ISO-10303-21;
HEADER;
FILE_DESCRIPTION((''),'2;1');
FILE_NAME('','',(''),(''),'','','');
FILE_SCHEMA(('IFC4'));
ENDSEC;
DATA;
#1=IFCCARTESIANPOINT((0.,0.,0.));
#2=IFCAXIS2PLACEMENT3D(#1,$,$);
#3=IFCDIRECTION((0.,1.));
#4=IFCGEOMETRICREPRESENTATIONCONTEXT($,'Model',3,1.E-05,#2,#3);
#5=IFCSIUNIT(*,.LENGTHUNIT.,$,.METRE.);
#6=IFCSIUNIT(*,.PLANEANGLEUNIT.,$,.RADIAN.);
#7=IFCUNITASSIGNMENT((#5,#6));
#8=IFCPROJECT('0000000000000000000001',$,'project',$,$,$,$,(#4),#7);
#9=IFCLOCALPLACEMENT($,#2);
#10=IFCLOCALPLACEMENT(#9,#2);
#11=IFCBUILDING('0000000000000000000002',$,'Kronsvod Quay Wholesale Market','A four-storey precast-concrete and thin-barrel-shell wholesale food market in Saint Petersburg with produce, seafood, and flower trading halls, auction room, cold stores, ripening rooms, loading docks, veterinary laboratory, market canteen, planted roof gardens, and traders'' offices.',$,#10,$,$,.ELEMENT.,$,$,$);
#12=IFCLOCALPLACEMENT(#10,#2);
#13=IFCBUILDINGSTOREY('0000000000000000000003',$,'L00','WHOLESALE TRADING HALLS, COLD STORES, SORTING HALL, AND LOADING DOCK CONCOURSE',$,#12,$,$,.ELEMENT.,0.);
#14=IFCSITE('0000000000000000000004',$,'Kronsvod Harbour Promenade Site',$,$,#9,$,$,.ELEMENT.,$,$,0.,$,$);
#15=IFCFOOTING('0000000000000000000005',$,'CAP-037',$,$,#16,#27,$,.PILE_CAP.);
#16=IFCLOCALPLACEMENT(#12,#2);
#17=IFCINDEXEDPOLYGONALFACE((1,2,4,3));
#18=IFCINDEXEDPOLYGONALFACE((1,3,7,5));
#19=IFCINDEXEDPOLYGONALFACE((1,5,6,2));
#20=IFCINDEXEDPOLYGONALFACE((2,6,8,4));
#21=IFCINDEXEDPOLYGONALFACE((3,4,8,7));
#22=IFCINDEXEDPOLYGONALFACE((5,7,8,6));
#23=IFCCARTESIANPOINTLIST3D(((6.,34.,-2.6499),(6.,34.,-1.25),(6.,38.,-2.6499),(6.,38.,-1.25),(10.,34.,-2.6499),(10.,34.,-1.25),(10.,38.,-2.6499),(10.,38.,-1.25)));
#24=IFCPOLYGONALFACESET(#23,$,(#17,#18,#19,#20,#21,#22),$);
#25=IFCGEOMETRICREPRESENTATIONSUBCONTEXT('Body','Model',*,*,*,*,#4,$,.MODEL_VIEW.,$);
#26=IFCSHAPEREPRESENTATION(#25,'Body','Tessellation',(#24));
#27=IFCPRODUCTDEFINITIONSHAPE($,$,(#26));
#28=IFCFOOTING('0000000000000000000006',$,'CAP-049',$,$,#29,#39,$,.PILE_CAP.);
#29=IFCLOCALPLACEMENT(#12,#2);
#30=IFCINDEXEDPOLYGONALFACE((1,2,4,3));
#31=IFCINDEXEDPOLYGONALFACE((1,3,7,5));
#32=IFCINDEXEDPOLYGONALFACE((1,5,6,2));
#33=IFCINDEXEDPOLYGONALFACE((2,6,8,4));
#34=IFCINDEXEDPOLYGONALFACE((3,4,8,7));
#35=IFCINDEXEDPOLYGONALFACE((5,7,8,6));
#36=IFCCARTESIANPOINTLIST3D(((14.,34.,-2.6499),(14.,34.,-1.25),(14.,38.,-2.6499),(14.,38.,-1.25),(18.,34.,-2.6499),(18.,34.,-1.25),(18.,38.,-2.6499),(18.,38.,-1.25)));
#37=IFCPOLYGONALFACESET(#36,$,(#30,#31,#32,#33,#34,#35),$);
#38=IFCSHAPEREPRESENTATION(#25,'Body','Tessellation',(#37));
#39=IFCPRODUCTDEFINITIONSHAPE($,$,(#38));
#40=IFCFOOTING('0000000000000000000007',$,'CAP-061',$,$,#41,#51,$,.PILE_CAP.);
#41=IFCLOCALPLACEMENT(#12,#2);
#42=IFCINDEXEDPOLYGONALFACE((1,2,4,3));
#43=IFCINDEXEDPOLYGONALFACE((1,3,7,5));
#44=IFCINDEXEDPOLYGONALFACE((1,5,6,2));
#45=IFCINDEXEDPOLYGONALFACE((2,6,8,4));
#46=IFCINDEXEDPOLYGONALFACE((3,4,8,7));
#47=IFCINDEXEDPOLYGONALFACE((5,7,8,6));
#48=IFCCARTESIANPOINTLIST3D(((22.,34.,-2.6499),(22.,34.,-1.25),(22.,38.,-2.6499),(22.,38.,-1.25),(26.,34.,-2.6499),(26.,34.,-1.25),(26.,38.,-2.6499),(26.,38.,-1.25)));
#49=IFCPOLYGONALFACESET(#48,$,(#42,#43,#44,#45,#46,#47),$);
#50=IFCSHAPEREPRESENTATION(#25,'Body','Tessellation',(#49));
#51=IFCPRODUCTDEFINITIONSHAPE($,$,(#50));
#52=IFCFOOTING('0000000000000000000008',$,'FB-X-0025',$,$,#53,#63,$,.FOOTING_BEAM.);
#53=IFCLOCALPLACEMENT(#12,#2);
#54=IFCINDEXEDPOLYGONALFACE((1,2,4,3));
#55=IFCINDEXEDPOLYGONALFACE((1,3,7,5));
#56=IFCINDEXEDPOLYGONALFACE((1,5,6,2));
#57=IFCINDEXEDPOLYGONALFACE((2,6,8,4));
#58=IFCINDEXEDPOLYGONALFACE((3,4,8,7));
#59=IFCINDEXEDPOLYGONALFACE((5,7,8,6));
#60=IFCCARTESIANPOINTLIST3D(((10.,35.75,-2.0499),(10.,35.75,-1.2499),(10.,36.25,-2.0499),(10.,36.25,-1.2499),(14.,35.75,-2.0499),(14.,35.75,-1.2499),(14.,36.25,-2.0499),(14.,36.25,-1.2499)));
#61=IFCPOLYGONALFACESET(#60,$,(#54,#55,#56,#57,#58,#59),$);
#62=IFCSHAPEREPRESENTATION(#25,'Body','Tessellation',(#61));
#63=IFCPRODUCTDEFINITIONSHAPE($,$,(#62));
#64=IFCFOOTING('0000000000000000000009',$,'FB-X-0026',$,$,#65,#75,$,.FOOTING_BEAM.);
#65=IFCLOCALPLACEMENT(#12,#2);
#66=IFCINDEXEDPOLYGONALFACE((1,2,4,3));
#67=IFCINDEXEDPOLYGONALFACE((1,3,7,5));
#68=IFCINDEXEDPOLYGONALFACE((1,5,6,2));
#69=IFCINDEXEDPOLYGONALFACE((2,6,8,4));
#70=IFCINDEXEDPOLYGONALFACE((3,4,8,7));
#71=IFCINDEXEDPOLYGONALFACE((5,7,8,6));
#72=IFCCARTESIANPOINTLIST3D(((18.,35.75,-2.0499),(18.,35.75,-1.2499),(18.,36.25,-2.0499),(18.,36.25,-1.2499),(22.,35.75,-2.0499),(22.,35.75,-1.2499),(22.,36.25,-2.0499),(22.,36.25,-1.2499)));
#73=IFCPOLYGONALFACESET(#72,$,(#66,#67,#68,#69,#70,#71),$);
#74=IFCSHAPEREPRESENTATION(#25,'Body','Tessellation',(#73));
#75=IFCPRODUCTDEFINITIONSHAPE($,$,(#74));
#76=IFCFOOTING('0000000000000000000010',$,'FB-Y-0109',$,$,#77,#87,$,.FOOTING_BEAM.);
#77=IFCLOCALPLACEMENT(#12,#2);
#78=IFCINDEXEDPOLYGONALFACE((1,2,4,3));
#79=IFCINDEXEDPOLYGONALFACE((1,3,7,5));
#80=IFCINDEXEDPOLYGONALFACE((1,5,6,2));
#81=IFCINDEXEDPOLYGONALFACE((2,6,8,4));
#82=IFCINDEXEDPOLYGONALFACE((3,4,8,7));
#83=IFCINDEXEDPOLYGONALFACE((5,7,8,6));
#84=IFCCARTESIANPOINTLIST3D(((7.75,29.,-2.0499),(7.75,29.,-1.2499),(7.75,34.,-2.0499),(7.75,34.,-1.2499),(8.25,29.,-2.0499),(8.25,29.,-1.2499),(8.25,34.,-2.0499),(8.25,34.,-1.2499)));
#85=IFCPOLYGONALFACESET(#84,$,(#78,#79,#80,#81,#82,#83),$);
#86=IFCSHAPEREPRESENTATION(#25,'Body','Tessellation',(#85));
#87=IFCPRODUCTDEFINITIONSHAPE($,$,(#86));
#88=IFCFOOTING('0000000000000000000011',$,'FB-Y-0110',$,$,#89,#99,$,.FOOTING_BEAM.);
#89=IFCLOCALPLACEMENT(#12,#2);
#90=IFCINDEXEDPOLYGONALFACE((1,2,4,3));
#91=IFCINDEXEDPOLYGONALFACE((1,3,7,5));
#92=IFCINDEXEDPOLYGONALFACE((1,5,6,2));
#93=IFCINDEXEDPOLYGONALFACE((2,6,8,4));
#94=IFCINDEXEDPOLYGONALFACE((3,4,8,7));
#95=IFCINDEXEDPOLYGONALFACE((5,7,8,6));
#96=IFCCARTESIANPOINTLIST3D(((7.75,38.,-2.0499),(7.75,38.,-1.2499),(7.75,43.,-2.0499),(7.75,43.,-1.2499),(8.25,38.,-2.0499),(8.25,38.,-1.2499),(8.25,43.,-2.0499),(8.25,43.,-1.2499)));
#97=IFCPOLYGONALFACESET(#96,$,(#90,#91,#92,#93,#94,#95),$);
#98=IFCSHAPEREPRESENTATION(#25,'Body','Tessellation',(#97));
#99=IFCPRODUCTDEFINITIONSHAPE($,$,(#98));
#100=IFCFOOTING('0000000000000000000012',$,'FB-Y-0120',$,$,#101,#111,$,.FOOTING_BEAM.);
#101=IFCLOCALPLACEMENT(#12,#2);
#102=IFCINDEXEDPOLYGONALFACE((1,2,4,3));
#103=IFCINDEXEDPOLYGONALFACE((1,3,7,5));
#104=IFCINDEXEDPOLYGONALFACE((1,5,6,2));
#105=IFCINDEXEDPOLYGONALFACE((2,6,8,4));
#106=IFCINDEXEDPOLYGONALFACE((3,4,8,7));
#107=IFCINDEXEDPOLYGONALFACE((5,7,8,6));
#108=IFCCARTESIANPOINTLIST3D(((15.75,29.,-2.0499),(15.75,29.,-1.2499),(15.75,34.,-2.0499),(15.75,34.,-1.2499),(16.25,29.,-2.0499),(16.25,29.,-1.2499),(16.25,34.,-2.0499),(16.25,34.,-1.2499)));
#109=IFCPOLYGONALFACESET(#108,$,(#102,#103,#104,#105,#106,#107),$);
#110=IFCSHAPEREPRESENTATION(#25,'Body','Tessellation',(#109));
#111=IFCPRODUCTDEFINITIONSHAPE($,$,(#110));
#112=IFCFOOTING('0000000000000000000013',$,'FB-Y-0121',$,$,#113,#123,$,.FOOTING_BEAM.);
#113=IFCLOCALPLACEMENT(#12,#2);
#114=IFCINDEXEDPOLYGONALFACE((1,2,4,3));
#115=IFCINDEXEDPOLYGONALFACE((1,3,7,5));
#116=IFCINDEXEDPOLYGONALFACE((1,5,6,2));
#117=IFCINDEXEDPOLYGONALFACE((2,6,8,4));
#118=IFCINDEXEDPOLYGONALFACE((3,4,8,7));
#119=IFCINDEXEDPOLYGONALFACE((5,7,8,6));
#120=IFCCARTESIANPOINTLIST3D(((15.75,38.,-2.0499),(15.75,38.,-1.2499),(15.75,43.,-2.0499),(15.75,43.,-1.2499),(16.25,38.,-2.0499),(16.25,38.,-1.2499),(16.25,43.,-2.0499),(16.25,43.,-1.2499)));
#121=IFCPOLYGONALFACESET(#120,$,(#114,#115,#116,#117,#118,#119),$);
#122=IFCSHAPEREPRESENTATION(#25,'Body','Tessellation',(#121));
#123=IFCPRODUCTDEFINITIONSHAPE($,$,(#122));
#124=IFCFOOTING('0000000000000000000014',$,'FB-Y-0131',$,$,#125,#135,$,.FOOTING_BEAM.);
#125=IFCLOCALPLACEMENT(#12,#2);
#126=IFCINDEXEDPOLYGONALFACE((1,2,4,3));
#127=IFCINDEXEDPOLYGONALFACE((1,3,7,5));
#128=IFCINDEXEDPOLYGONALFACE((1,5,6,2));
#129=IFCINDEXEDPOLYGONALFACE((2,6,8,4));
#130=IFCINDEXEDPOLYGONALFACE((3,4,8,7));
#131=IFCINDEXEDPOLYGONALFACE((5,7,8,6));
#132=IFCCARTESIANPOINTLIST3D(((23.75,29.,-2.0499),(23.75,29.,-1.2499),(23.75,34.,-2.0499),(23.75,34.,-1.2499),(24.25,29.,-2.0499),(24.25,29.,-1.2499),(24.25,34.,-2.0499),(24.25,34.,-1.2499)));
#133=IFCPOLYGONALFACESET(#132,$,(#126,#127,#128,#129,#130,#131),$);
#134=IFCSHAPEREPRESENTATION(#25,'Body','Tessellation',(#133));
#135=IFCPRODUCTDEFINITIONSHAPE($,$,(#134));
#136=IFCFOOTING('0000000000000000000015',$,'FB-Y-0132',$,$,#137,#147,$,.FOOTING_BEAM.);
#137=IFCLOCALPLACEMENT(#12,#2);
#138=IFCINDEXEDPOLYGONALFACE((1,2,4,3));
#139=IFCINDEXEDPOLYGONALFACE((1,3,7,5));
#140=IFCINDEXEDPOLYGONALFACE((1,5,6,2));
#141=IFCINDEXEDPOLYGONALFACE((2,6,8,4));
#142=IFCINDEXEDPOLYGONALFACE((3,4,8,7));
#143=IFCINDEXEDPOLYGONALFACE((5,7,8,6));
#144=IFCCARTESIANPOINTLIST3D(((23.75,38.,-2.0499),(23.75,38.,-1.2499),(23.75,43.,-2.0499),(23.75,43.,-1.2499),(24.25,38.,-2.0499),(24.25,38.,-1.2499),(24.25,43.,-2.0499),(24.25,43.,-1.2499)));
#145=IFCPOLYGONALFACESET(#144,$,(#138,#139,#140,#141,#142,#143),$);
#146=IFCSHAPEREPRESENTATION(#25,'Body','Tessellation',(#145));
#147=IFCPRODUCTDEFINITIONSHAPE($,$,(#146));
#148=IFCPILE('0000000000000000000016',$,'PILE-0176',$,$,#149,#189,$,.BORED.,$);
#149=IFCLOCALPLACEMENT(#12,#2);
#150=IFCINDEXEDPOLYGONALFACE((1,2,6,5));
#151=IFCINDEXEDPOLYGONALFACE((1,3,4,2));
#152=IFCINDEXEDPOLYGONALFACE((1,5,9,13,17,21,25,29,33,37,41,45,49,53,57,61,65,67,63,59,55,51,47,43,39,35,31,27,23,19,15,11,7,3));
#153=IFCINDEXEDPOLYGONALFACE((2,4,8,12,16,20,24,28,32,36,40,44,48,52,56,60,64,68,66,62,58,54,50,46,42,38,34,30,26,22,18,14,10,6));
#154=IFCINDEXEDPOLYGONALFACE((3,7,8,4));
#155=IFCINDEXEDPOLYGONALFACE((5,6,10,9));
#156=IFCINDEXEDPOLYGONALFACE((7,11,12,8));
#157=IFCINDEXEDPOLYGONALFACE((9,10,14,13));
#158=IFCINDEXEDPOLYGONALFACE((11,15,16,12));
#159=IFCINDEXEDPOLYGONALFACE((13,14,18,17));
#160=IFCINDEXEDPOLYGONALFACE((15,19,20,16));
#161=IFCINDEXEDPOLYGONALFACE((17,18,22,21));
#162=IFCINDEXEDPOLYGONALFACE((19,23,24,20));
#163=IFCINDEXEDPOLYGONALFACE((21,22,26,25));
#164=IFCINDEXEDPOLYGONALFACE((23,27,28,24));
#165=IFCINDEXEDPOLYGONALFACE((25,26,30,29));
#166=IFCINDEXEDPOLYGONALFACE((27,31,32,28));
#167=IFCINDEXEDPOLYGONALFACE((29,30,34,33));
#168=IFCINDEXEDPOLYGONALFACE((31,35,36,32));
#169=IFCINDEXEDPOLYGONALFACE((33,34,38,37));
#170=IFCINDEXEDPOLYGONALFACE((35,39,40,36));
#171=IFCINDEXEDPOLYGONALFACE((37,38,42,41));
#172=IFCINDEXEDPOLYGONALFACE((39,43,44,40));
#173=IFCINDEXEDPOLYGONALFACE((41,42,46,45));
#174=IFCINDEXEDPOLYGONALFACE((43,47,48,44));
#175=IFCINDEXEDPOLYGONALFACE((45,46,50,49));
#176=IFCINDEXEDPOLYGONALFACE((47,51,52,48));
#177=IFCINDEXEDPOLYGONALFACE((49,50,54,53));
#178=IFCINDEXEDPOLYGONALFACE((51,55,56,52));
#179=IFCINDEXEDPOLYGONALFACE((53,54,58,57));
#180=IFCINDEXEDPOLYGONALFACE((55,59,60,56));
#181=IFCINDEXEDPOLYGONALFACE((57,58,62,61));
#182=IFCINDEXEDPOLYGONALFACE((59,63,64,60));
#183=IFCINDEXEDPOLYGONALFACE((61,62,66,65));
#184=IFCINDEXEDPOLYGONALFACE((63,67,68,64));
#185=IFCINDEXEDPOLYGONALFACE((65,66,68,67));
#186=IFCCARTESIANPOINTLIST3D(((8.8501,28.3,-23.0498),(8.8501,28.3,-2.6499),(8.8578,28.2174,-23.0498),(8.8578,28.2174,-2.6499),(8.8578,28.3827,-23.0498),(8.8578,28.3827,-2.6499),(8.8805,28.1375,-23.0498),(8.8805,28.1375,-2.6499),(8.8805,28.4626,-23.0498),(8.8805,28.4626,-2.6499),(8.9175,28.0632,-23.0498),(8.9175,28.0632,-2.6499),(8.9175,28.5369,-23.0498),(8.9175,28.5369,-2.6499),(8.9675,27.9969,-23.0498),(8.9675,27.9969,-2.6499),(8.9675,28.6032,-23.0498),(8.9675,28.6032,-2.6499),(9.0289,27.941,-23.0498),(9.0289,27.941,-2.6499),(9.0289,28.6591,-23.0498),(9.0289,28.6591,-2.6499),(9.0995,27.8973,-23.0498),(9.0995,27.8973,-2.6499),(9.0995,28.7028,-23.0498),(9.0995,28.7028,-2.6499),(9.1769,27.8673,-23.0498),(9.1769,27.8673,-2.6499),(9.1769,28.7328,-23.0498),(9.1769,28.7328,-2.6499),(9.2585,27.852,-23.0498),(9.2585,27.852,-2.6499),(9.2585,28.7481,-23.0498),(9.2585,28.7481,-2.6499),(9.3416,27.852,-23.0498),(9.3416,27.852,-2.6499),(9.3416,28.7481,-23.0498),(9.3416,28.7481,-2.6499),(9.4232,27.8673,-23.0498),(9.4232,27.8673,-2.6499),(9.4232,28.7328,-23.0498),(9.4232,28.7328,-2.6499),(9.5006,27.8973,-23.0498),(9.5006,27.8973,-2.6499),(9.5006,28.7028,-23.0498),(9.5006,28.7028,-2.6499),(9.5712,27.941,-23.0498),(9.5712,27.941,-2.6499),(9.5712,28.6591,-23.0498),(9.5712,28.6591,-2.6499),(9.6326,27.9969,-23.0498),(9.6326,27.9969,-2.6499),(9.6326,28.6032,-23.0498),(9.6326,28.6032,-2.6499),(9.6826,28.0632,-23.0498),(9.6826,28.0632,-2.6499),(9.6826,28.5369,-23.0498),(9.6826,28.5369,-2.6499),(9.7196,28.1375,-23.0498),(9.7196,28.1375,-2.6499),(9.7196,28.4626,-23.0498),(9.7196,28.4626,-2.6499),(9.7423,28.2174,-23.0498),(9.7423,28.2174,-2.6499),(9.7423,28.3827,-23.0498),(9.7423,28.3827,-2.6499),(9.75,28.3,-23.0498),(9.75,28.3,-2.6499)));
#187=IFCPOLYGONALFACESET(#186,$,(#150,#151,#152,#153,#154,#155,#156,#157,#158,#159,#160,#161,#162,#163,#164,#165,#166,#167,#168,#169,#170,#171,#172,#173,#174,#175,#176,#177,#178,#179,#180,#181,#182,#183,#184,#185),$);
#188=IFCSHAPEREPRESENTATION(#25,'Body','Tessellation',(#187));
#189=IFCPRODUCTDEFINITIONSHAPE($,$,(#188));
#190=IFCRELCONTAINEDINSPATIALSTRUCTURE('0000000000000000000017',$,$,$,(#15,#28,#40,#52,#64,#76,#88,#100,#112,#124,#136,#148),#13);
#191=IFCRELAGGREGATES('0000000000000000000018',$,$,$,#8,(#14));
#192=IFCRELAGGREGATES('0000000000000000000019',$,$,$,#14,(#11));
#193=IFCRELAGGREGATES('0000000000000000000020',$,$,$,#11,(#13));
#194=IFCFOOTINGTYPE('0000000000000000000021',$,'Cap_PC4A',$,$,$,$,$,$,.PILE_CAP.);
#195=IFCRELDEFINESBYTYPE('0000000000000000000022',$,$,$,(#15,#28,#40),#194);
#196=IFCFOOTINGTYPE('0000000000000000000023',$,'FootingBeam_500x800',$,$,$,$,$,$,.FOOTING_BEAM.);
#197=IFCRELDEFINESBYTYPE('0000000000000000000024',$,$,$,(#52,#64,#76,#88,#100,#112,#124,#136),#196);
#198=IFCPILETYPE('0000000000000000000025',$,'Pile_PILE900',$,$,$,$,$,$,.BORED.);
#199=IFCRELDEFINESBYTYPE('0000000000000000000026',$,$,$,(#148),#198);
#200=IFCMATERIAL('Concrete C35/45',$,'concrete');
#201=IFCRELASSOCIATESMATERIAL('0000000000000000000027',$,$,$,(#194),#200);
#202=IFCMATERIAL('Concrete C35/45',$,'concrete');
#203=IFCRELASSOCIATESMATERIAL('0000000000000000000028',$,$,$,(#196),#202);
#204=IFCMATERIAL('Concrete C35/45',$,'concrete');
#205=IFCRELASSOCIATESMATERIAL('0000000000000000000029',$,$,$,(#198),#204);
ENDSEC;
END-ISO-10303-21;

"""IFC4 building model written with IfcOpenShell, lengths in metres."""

from ifc_helpers import new_model, si_unit, direction, frame, origin, origin_2d, place, context, subcontext, project, spatial, rectangle, circle, extrude, material, material_profile, profile_set, type_object, element, save


model = new_model("IFC4")

# Units and contexts
model_context = context("Model", 3, precision=1e-05, world=origin(), true_north=direction((0.0, 1.0)))
body_context = subcontext(model_context, "Body", "Model", "MODEL_VIEW")
ifc_project = project(units=[si_unit("LENGTHUNIT", "METRE"), si_unit("PLANEANGLEUNIT", "RADIAN")], contexts=[model_context])

# Site, building, storey
site_placement = place(None, origin())
site = spatial("IfcSite", under=ifc_project, at=site_placement, Name="Kronsvod Harbour Promenade Site", CompositionType="ELEMENT", RefElevation=0.0)
building_placement = place(site_placement, origin())
building = spatial("IfcBuilding", under=site, at=building_placement, Name="Kronsvod Quay Wholesale Market", Description="A four-storey precast-concrete and thin-barrel-shell wholesale food market in Saint Petersburg with produce, seafood, and flower trading halls, auction room, cold stores, ripening rooms, loading docks, veterinary laboratory, market canteen, planted roof gardens, and traders' offices.", CompositionType="ELEMENT")
storey_placement = place(building_placement, origin())
storey = spatial("IfcBuildingStorey", under=building, at=storey_placement, Name="L00", Description="WHOLESALE TRADING HALLS, COLD STORES, SORTING HALL, AND LOADING DOCK CONCOURSE", CompositionType="ELEMENT", Elevation=0.0)

# Footings
ifc_material_1 = material(Name="Concrete C35/45", Category="concrete")
footing_type_1 = type_object("IfcFootingType", Name="Cap_PC4A", PredefinedType="PILE_CAP", material=ifc_material_1)
for number, where, z_axis, x_axis, name in (
    (1, (8.0, 36.0, -2.6499), (0.0, 0.0, 1.0), (1.0, 0.0, 0.0), "CAP-037"),
    (2, (16.0, 36.0, -2.6499), (0.0, 0.0, 1.0), (1.0, 0.0, 0.0), "CAP-049"),
    (3, (24.0, 36.0, -2.6499), (0.0, 0.0, 1.0), (1.0, 0.0, 0.0), "CAP-061"),
):
    element("IfcFooting", number, at=place(storey_placement, frame(where, z_axis=z_axis, x_axis=x_axis)), inside=storey, type_object=footing_type_1, Name=name, PredefinedType="PILE_CAP", context=body_context, shape_type="SweptSolid", body=[
        extrude(rectangle(XDim=4.0, YDim=4.0, at=origin_2d()), origin(), (0.0, 0.0, 1.0), 1.3999),
    ])
ifc_material_2 = material(Name="Concrete C35/45", Category="concrete")
ifc_material_profile_1 = material_profile(ifc_material_2, rectangle(XDim=0.5, YDim=0.8, at=origin_2d()), Name="FB-01")
ifc_profile_set_1 = profile_set([ifc_material_profile_1], Name="Concrete C35/45")
footing_type_2 = type_object("IfcFootingType", Name="FootingBeam_500x800", PredefinedType="FOOTING_BEAM", material=ifc_profile_set_1)
for number, where, z_axis, x_axis, name in (
    (4, (10.0, 36.0, -1.6499), (1.0, 0.0, 0.0), (0.0, 1.0, 0.0), "FB-X-0025"),
    (5, (18.0, 36.0, -1.6499), (1.0, 0.0, 0.0), (0.0, 1.0, 0.0), "FB-X-0026"),
):
    element("IfcFooting", number, at=place(storey_placement, frame(where, z_axis=z_axis, x_axis=x_axis)), inside=storey, type_object=footing_type_2, Name=name, PredefinedType="FOOTING_BEAM", context=body_context, shape_type="SweptSolid", body=[
        extrude(rectangle(XDim=0.5, YDim=0.8, at=origin_2d()), origin(), (0.0, 0.0, 1.0), 4.0),
    ])
for number, where, z_axis, x_axis, name in (
    (6, (8.0, 29.0, -1.6499), (0.0, 1.0, 0.0), (-1.0, 0.0, 0.0), "FB-Y-0109"),
    (7, (8.0, 38.0, -1.6499), (0.0, 1.0, 0.0), (-1.0, 0.0, 0.0), "FB-Y-0110"),
    (8, (16.0, 29.0, -1.6499), (0.0, 1.0, 0.0), (-1.0, 0.0, 0.0), "FB-Y-0120"),
    (9, (16.0, 38.0, -1.6499), (0.0, 1.0, 0.0), (-1.0, 0.0, 0.0), "FB-Y-0121"),
    (10, (24.0, 29.0, -1.6499), (0.0, 1.0, 0.0), (-1.0, 0.0, 0.0), "FB-Y-0131"),
    (11, (24.0, 38.0, -1.6499), (0.0, 1.0, 0.0), (-1.0, 0.0, 0.0), "FB-Y-0132"),
):
    element("IfcFooting", number, at=place(storey_placement, frame(where, z_axis=z_axis, x_axis=x_axis)), inside=storey, type_object=footing_type_2, Name=name, PredefinedType="FOOTING_BEAM", context=body_context, shape_type="SweptSolid", body=[
        extrude(rectangle(XDim=0.5, YDim=0.8, at=origin_2d()), origin(), (0.0, 0.0, 1.0), 5.0),
    ])

# Pile
ifc_material_3 = material(Name="Concrete C35/45", Category="concrete")
ifc_material_profile_2 = material_profile(ifc_material_3, circle(Radius=0.45, at=origin_2d()), Name="PILE900")
ifc_profile_set_2 = profile_set([ifc_material_profile_2], Name="Concrete C35/45")
pile_type = type_object("IfcPileType", Name="Pile_PILE900", PredefinedType="BORED", material=ifc_profile_set_2)
for number, where, z_axis, x_axis, name in (
    (12, (9.3, 28.3, -2.6499), (0.0, 0.0, -1.0), (1.0, 0.0, 0.0), "PILE-0176"),
):
    element("IfcPile", number, at=place(storey_placement, frame(where, z_axis=z_axis, x_axis=x_axis)), inside=storey, type_object=pile_type, Name=name, PredefinedType="BORED", context=body_context, shape_type="SweptSolid", body=[
        extrude(circle(Radius=0.45, at=origin_2d()), origin(), (0.0, 0.0, 1.0), 20.3999),
    ])

save(model, "model.ifc")
